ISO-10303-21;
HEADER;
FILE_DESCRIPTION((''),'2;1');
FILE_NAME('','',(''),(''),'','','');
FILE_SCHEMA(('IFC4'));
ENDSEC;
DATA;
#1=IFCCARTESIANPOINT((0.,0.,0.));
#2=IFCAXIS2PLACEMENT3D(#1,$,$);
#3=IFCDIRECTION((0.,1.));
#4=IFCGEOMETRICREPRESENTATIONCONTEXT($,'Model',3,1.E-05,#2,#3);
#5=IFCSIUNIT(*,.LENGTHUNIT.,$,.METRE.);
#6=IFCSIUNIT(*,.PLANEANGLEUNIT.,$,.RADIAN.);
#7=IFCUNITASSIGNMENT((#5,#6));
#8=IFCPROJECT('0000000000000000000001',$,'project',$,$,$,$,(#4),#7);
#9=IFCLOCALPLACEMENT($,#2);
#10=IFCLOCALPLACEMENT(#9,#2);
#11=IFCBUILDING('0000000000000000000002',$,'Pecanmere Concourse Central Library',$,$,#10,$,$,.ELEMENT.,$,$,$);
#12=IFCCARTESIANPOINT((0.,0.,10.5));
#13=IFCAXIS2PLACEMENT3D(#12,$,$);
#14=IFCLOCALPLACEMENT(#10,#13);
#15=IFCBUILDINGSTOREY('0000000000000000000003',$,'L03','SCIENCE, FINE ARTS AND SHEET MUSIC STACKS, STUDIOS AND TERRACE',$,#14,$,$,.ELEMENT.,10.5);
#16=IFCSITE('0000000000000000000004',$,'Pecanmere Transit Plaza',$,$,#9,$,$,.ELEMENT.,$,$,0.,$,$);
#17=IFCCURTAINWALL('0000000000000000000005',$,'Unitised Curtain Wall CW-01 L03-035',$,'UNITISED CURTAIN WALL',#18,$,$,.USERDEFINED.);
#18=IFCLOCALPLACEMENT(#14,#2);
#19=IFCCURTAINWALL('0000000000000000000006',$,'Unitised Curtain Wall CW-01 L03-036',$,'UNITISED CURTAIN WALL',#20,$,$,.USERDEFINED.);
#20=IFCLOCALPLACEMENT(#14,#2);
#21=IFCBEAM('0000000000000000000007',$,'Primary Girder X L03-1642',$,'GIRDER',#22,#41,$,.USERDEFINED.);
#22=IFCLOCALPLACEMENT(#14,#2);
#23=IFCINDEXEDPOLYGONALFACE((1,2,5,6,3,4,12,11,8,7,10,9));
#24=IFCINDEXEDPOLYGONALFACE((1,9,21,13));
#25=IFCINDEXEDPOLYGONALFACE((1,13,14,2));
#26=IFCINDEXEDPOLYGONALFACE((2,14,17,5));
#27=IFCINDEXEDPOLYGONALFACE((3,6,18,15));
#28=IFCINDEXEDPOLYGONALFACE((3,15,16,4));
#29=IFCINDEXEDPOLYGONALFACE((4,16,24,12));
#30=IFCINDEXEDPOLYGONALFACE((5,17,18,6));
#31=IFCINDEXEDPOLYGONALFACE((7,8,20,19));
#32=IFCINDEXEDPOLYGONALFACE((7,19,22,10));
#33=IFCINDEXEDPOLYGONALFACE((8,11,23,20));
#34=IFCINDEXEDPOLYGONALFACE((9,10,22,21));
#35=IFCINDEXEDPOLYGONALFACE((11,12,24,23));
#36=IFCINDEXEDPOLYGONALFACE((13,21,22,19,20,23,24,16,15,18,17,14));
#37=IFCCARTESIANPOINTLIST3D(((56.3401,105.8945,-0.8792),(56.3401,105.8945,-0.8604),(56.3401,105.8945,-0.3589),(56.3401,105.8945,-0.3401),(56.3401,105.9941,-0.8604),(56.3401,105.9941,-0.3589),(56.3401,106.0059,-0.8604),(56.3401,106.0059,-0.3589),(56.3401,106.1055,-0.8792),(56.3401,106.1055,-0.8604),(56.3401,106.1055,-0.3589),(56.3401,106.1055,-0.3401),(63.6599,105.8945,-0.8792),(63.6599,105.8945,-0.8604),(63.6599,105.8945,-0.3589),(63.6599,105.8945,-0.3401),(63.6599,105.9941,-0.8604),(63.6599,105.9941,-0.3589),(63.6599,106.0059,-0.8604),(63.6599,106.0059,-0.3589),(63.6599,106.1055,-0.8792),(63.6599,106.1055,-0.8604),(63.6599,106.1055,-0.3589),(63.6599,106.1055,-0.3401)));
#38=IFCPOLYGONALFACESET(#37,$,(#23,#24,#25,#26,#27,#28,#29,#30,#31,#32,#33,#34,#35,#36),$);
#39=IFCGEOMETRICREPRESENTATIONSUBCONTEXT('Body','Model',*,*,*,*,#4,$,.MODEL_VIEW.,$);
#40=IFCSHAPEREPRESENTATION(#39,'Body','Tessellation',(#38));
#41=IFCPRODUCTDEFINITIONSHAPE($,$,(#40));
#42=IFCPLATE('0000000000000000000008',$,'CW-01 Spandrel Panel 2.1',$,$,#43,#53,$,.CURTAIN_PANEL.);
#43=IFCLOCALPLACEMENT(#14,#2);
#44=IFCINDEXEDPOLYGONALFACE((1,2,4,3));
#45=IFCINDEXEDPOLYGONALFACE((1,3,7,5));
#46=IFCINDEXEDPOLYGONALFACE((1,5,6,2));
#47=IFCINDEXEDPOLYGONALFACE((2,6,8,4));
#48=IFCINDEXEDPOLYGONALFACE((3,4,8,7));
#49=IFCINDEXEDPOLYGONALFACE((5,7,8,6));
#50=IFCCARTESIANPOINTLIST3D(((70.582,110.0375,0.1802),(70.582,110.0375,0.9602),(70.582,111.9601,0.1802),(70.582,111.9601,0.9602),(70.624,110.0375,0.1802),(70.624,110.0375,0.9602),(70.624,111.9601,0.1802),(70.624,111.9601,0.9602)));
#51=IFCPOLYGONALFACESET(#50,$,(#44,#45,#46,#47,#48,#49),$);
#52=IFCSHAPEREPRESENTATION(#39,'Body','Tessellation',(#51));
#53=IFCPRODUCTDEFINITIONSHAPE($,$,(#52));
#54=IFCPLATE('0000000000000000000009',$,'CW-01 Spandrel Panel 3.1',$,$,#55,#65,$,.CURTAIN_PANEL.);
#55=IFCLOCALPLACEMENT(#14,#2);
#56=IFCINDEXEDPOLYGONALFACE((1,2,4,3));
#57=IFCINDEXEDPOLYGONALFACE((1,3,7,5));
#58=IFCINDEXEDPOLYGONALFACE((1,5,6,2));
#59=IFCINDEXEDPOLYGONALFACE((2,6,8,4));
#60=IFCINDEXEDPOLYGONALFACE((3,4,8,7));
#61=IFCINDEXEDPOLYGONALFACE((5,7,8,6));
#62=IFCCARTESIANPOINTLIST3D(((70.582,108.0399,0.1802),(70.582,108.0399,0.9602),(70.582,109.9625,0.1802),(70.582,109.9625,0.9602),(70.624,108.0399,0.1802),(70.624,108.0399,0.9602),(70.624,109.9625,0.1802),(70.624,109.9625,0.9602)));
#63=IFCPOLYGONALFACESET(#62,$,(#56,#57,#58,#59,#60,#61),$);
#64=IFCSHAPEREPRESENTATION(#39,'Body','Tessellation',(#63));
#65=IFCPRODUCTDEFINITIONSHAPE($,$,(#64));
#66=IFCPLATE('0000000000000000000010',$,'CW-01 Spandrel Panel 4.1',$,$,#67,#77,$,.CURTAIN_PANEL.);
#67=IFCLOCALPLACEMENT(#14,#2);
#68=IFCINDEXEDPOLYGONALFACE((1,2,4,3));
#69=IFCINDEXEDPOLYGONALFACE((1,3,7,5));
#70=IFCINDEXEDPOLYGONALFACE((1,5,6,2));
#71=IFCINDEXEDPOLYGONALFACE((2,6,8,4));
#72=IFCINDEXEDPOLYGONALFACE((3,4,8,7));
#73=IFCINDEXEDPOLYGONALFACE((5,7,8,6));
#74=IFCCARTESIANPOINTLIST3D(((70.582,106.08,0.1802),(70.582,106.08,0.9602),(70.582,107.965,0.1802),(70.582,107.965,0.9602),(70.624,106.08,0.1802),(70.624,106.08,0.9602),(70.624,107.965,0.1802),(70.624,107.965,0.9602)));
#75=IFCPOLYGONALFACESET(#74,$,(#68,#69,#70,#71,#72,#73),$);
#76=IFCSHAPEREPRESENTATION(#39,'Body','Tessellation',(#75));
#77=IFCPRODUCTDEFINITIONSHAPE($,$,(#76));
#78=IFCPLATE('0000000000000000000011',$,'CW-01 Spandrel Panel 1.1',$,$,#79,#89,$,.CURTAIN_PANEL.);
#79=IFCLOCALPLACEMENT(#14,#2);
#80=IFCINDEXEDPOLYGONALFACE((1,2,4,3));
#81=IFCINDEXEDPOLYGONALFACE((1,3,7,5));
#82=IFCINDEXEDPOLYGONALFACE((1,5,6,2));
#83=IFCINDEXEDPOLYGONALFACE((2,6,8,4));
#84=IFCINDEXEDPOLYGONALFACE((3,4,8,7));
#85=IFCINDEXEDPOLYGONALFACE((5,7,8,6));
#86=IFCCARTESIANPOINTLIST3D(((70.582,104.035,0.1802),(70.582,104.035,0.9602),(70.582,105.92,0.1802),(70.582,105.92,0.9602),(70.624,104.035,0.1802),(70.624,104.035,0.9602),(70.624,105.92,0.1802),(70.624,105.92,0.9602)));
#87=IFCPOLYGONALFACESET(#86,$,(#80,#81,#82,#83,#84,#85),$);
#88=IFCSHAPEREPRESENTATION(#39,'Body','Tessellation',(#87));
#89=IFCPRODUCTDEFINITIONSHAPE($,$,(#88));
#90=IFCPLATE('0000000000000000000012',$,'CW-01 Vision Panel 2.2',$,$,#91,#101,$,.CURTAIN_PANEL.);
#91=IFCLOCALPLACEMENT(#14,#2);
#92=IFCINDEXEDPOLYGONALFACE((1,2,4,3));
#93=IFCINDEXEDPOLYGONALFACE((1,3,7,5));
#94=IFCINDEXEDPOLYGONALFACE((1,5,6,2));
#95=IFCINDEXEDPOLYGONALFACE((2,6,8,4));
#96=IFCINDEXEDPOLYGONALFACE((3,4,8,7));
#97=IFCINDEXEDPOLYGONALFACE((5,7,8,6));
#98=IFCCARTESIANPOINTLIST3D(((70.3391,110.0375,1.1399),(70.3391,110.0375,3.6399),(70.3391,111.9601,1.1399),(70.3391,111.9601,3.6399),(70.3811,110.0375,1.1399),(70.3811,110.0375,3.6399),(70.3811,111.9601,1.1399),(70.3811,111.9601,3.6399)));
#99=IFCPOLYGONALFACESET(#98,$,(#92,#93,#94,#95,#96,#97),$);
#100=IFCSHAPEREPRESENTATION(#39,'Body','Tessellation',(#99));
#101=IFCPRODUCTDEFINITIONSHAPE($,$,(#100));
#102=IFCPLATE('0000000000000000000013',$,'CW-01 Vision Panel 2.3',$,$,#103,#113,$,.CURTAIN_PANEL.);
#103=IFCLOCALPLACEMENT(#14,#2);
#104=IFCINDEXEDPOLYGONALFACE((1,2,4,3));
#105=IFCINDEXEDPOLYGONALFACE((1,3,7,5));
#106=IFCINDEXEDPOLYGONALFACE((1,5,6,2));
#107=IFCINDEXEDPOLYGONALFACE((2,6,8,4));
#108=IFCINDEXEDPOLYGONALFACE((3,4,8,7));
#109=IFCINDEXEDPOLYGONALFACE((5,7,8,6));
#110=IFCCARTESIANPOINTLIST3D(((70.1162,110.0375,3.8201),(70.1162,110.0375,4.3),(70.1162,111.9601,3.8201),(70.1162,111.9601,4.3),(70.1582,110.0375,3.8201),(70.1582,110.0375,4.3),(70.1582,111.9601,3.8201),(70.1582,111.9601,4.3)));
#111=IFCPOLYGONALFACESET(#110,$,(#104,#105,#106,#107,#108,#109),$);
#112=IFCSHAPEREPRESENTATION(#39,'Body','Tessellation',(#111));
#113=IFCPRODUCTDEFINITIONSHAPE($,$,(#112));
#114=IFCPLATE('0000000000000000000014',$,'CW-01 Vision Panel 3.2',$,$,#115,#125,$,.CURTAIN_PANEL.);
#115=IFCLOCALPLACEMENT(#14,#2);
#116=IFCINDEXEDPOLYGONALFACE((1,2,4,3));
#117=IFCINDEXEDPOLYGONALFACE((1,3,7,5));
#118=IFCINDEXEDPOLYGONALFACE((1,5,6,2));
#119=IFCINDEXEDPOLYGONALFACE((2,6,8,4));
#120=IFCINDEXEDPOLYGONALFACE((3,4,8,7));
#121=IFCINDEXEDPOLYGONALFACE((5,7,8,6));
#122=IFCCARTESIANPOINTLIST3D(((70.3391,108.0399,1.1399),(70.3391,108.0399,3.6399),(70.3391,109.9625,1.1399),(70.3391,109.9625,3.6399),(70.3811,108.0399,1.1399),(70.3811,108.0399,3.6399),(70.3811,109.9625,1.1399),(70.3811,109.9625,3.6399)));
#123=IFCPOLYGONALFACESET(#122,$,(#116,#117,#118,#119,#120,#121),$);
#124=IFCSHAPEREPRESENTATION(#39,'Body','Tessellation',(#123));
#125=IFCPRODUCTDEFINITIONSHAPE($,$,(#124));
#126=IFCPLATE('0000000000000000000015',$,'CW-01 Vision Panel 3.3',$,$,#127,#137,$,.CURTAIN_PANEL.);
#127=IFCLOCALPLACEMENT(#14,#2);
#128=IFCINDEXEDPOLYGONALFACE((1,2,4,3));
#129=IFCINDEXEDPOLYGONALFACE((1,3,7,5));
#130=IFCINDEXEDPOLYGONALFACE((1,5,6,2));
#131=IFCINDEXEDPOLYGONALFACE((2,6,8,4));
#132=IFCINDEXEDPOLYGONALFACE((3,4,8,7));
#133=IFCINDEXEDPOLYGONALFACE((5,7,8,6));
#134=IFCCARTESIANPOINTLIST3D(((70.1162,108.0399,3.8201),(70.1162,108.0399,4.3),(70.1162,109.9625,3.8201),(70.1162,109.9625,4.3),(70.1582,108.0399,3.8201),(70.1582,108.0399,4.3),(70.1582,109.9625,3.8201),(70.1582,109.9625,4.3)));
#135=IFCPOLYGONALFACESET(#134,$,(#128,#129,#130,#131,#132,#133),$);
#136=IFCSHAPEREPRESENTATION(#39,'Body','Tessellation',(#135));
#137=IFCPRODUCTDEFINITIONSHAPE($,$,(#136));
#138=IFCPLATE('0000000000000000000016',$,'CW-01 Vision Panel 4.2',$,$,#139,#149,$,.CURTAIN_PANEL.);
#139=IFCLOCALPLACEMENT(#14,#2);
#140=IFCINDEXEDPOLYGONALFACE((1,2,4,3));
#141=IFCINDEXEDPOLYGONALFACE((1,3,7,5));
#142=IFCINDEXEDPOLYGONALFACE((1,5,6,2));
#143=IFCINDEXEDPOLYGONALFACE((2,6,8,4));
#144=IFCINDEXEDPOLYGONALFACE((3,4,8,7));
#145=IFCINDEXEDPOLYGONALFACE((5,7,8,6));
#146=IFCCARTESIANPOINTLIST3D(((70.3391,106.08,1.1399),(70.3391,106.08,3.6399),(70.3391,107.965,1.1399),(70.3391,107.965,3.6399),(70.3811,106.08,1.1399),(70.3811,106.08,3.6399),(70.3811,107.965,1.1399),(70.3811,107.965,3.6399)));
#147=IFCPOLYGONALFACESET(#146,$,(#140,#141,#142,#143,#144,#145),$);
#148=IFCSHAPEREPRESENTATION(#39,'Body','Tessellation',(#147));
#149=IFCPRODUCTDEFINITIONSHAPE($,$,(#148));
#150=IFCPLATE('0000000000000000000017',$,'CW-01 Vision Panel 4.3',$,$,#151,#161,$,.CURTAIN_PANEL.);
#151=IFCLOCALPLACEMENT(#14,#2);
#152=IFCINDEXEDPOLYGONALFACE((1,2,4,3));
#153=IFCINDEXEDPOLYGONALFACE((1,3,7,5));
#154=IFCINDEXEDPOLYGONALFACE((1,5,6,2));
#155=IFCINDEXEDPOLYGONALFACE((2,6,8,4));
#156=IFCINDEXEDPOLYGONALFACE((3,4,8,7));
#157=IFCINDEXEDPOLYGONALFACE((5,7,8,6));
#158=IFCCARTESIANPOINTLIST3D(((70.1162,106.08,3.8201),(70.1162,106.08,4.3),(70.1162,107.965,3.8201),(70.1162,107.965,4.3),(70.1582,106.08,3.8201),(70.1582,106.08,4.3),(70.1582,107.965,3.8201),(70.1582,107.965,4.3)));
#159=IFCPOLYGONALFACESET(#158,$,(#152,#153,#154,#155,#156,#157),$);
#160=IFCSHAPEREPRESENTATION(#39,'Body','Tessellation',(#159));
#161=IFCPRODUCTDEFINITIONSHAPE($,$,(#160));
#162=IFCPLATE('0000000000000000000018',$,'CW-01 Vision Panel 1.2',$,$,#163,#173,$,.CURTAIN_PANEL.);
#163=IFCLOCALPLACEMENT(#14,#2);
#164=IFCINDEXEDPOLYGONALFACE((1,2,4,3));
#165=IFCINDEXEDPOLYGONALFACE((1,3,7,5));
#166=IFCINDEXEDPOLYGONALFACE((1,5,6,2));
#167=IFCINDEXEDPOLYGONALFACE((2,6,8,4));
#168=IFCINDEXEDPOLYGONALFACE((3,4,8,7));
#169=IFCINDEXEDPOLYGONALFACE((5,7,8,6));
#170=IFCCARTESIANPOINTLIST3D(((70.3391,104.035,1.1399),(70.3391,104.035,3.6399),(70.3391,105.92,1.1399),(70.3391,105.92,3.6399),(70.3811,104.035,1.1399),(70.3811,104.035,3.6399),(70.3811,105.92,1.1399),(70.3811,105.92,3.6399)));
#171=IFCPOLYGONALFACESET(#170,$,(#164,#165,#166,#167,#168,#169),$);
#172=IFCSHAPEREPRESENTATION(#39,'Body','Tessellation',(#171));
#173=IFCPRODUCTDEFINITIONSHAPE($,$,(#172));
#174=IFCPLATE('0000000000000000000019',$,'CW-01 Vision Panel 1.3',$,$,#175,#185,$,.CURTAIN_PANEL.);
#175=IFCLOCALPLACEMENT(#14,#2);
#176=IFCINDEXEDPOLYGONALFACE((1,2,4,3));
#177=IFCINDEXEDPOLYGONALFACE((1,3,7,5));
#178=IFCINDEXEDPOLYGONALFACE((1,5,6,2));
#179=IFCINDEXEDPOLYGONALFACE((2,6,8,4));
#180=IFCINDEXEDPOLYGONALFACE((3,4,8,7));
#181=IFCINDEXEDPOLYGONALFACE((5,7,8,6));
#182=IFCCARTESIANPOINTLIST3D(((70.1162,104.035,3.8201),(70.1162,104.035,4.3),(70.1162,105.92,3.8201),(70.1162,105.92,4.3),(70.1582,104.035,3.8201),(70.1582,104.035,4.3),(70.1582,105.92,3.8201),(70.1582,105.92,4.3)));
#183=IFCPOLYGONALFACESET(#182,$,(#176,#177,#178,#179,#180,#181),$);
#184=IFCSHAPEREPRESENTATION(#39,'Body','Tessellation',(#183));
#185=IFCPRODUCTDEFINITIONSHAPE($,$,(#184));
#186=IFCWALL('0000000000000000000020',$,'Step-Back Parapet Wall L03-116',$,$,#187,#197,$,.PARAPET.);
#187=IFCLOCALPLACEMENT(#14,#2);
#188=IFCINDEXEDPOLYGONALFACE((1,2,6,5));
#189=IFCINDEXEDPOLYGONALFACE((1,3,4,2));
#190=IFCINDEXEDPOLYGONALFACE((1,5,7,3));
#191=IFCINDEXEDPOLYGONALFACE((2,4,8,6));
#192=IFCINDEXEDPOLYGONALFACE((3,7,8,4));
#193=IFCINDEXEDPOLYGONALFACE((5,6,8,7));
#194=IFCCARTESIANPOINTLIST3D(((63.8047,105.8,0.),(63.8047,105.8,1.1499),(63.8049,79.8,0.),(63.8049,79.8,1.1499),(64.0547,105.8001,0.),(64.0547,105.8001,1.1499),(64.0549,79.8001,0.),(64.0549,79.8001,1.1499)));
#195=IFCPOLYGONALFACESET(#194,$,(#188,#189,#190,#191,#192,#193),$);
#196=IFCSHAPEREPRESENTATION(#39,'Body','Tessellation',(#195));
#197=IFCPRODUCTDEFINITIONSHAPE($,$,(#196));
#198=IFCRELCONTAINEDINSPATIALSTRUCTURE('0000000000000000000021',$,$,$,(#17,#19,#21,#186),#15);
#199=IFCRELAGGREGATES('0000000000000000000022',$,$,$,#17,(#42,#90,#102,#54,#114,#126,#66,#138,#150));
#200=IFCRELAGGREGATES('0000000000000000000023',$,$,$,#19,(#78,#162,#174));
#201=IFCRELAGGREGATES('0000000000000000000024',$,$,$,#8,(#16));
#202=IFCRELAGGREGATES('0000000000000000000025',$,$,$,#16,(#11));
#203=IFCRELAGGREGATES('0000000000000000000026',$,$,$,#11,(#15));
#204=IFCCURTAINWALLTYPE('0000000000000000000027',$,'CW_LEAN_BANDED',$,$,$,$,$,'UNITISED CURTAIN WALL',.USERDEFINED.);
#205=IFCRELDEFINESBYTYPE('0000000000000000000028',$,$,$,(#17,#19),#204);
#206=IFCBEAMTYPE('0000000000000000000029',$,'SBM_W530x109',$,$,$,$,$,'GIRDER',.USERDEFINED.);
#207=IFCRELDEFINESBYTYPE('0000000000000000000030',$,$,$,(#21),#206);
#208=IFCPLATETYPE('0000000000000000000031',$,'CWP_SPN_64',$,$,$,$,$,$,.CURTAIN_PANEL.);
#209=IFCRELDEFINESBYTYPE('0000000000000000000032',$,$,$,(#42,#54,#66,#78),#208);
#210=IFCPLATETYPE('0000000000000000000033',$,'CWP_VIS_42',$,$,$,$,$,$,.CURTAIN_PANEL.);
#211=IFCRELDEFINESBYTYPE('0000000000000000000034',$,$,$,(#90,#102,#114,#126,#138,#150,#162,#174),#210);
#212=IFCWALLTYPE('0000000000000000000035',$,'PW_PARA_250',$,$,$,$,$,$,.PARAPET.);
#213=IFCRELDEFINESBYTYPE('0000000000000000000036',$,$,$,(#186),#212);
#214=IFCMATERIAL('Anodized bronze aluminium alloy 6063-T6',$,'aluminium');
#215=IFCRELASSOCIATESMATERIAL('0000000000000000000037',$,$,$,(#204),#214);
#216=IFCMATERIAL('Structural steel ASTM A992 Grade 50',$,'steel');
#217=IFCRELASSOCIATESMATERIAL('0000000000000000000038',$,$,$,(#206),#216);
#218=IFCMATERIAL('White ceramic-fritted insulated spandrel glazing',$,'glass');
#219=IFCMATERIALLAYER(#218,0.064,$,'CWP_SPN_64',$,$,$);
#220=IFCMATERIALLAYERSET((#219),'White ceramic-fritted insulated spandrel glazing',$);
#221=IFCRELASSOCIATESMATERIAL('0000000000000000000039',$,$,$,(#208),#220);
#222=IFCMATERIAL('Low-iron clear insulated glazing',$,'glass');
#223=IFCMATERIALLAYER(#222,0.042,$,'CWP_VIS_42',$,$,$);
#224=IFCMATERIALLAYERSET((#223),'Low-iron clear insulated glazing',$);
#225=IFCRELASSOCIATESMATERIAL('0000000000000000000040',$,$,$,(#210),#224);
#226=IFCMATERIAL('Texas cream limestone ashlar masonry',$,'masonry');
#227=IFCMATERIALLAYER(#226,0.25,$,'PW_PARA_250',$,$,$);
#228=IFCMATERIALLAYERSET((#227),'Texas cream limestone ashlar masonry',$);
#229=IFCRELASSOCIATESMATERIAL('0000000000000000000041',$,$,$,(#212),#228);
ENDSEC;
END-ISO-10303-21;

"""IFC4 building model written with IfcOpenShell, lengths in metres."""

from ifc_helpers import new_model, si_unit, direction, frame, frame_2d, origin, origin_2d, place, context, subcontext, project, spatial, rectangle, i_section, extrude, material, layer, layer_set, material_profile, profile_set, type_object, element, aggregate, save


model = new_model("IFC4")

# Units and contexts
model_context = context("Model", 3, precision=1e-05, world=origin(), true_north=direction((0.0, 1.0)))
body_context = subcontext(model_context, "Body", "Model", "MODEL_VIEW")
ifc_project = project(units=[si_unit("LENGTHUNIT", "METRE"), si_unit("PLANEANGLEUNIT", "RADIAN")], contexts=[model_context])

# Site, building, storey
site_placement = place(None, origin())
site = spatial("IfcSite", under=ifc_project, at=site_placement, Name="Pecanmere Transit Plaza", CompositionType="ELEMENT", RefElevation=0.0)
building_placement = place(site_placement, origin())
building = spatial("IfcBuilding", under=site, at=building_placement, Name="Pecanmere Concourse Central Library", CompositionType="ELEMENT")
storey_placement = place(building_placement, frame((0.0, 0.0, 10.5)))
storey = spatial("IfcBuildingStorey", under=building, at=storey_placement, Name="L03", Description="SCIENCE, FINE ARTS AND SHEET MUSIC STACKS, STUDIOS AND TERRACE", CompositionType="ELEMENT", Elevation=10.5)

# Curtain walls
ifc_material_1 = material(Name="Anodized bronze aluminium alloy 6063-T6", Category="aluminium")
curtain_wall_type = type_object("IfcCurtainWallType", Name="CW_LEAN_BANDED", ElementType="UNITISED CURTAIN WALL", PredefinedType="USERDEFINED", material=ifc_material_1)
curtain_wall_1_placement = place(storey_placement, origin())
curtain_wall_1 = element("IfcCurtainWall", 1, at=curtain_wall_1_placement, inside=storey, type_object=curtain_wall_type, Name="Unitised Curtain Wall CW-01 L03-035", ObjectType="UNITISED CURTAIN WALL", PredefinedType="USERDEFINED")
curtain_wall_2_placement = place(storey_placement, origin())
curtain_wall_2 = element("IfcCurtainWall", 2, at=curtain_wall_2_placement, inside=storey, type_object=curtain_wall_type, Name="Unitised Curtain Wall CW-01 L03-036", ObjectType="UNITISED CURTAIN WALL", PredefinedType="USERDEFINED")

# Beam
ifc_material_2 = material(Name="Structural steel ASTM A992 Grade 50", Category="steel")
ifc_material_profile_1 = material_profile(ifc_material_2, i_section(OverallWidth=0.2109, OverallDepth=0.5391, WebThickness=0.0117, FlangeThickness=0.0188, at=origin_2d()), Name="W530x109")
ifc_profile_set_1 = profile_set([ifc_material_profile_1], Name="Structural steel ASTM A992 Grade 50")
beam_type = type_object("IfcBeamType", Name="SBM_W530x109", ElementType="GIRDER", PredefinedType="USERDEFINED", material=ifc_profile_set_1)
beam_placement = place(storey_placement, frame((56.3401, 106.0, -0.6096), z_axis=(1.0, 0.0, 0.0), x_axis=(0.0, 1.0, 0.0)))
element("IfcBeam", 3, at=beam_placement, inside=storey, type_object=beam_type, Name="Primary Girder X L03-1642", ObjectType="GIRDER", PredefinedType="USERDEFINED", context=body_context, shape_type="SweptSolid", body=[
    extrude(i_section(OverallWidth=0.2109, OverallDepth=0.5391, WebThickness=0.0117, FlangeThickness=0.0188, at=origin_2d()), origin(), (0.0, 0.0, 1.0), 7.3198),
])

# Plates
ifc_material_3 = material(Name="White ceramic-fritted insulated spandrel glazing", Category="glass")
ifc_layer_1 = layer(ifc_material_3, 0.064, Name="CWP_SPN_64")
ifc_layer_set_1 = layer_set([ifc_layer_1], Name="White ceramic-fritted insulated spandrel glazing")
plate_type_1 = type_object("IfcPlateType", Name="CWP_SPN_64", PredefinedType="CURTAIN_PANEL", material=ifc_layer_set_1)
plate_1_placement = place(storey_placement, frame((70.603, 110.9988, 0.1802), z_axis=(0.0, 0.0, 1.0), x_axis=(0.0, -1.0, 0.0)))
plate_1 = element("IfcPlate", 4, at=plate_1_placement, type_object=plate_type_1, Name="CW-01 Spandrel Panel 2.1", PredefinedType="CURTAIN_PANEL", context=body_context, shape_type="SweptSolid", body=[
    extrude(rectangle(XDim=1.9226, YDim=0.042, at=origin_2d()), origin(), (0.0, 0.0, 1.0), 0.78),
])
plate_2_placement = place(storey_placement, frame((70.603, 109.0012, 0.1802), z_axis=(0.0, 0.0, 1.0), x_axis=(0.0, -1.0, 0.0)))
plate_2 = element("IfcPlate", 5, at=plate_2_placement, type_object=plate_type_1, Name="CW-01 Spandrel Panel 3.1", PredefinedType="CURTAIN_PANEL", context=body_context, shape_type="SweptSolid", body=[
    extrude(rectangle(XDim=1.9226, YDim=0.042, at=origin_2d()), origin(), (0.0, 0.0, 1.0), 0.78),
])
plate_3_placement = place(storey_placement, frame((70.603, 107.0225, 0.1802), z_axis=(0.0, 0.0, 1.0), x_axis=(0.0, -1.0, 0.0)))
plate_3 = element("IfcPlate", 6, at=plate_3_placement, type_object=plate_type_1, Name="CW-01 Spandrel Panel 4.1", PredefinedType="CURTAIN_PANEL", context=body_context, shape_type="SweptSolid", body=[
    extrude(rectangle(XDim=1.885, YDim=0.042, at=origin_2d()), origin(), (0.0, 0.0, 1.0), 0.78),
])
plate_4_placement = place(storey_placement, frame((70.603, 104.9775, 0.1802), z_axis=(0.0, 0.0, 1.0), x_axis=(0.0, -1.0, 0.0)))
plate_4 = element("IfcPlate", 7, at=plate_4_placement, type_object=plate_type_1, Name="CW-01 Spandrel Panel 1.1", PredefinedType="CURTAIN_PANEL", context=body_context, shape_type="SweptSolid", body=[
    extrude(rectangle(XDim=1.885, YDim=0.042, at=origin_2d()), origin(), (0.0, 0.0, 1.0), 0.78),
])
ifc_material_4 = material(Name="Low-iron clear insulated glazing", Category="glass")
ifc_layer_2 = layer(ifc_material_4, 0.042, Name="CWP_VIS_42")
ifc_layer_set_2 = layer_set([ifc_layer_2], Name="Low-iron clear insulated glazing")
plate_type_2 = type_object("IfcPlateType", Name="CWP_VIS_42", PredefinedType="CURTAIN_PANEL", material=ifc_layer_set_2)
plate_5_placement = place(storey_placement, frame((70.3601, 110.9988, 1.1399), z_axis=(0.0, 0.0, 1.0), x_axis=(0.0, -1.0, 0.0)))
plate_5 = element("IfcPlate", 8, at=plate_5_placement, type_object=plate_type_2, Name="CW-01 Vision Panel 2.2", PredefinedType="CURTAIN_PANEL", context=body_context, shape_type="SweptSolid", body=[
    extrude(rectangle(XDim=1.9226, YDim=0.042, at=origin_2d()), origin(), (0.0, 0.0, 1.0), 2.5),
])
plate_6_placement = place(storey_placement, frame((70.1372, 110.9988, 3.8201), z_axis=(0.0, 0.0, 1.0), x_axis=(0.0, -1.0, 0.0)))
plate_6 = element("IfcPlate", 9, at=plate_6_placement, type_object=plate_type_2, Name="CW-01 Vision Panel 2.3", PredefinedType="CURTAIN_PANEL", context=body_context, shape_type="SweptSolid", body=[
    extrude(rectangle(XDim=1.9226, YDim=0.042, at=origin_2d()), origin(), (0.0, 0.0, 1.0), 0.48),
])
plate_7_placement = place(storey_placement, frame((70.3601, 109.0012, 1.1399), z_axis=(0.0, 0.0, 1.0), x_axis=(0.0, -1.0, 0.0)))
plate_7 = element("IfcPlate", 10, at=plate_7_placement, type_object=plate_type_2, Name="CW-01 Vision Panel 3.2", PredefinedType="CURTAIN_PANEL", context=body_context, shape_type="SweptSolid", body=[
    extrude(rectangle(XDim=1.9226, YDim=0.042, at=origin_2d()), origin(), (0.0, 0.0, 1.0), 2.5),
])
plate_8_placement = place(storey_placement, frame((70.1372, 109.0012, 3.8201), z_axis=(0.0, 0.0, 1.0), x_axis=(0.0, -1.0, 0.0)))
plate_8 = element("IfcPlate", 11, at=plate_8_placement, type_object=plate_type_2, Name="CW-01 Vision Panel 3.3", PredefinedType="CURTAIN_PANEL", context=body_context, shape_type="SweptSolid", body=[
    extrude(rectangle(XDim=1.9226, YDim=0.042, at=origin_2d()), origin(), (0.0, 0.0, 1.0), 0.48),
])
plate_9_placement = place(storey_placement, frame((70.3601, 107.0225, 1.1399), z_axis=(0.0, 0.0, 1.0), x_axis=(0.0, -1.0, 0.0)))
plate_9 = element("IfcPlate", 12, at=plate_9_placement, type_object=plate_type_2, Name="CW-01 Vision Panel 4.2", PredefinedType="CURTAIN_PANEL", context=body_context, shape_type="SweptSolid", body=[
    extrude(rectangle(XDim=1.885, YDim=0.042, at=origin_2d()), origin(), (0.0, 0.0, 1.0), 2.5),
])
plate_10_placement = place(storey_placement, frame((70.1372, 107.0225, 3.8201), z_axis=(0.0, 0.0, 1.0), x_axis=(0.0, -1.0, 0.0)))
plate_10 = element("IfcPlate", 13, at=plate_10_placement, type_object=plate_type_2, Name="CW-01 Vision Panel 4.3", PredefinedType="CURTAIN_PANEL", context=body_context, shape_type="SweptSolid", body=[
    extrude(rectangle(XDim=1.885, YDim=0.042, at=origin_2d()), origin(), (0.0, 0.0, 1.0), 0.48),
])
aggregate(curtain_wall_1, [plate_1, plate_5, plate_6, plate_2, plate_7, plate_8, plate_3, plate_9, plate_10])
plate_11_placement = place(storey_placement, frame((70.3601, 104.9775, 1.1399), z_axis=(0.0, 0.0, 1.0), x_axis=(0.0, -1.0, 0.0)))
plate_11 = element("IfcPlate", 14, at=plate_11_placement, type_object=plate_type_2, Name="CW-01 Vision Panel 1.2", PredefinedType="CURTAIN_PANEL", context=body_context, shape_type="SweptSolid", body=[
    extrude(rectangle(XDim=1.885, YDim=0.042, at=origin_2d()), origin(), (0.0, 0.0, 1.0), 2.5),
])
plate_12_placement = place(storey_placement, frame((70.1372, 104.9775, 3.8201), z_axis=(0.0, 0.0, 1.0), x_axis=(0.0, -1.0, 0.0)))
plate_12 = element("IfcPlate", 15, at=plate_12_placement, type_object=plate_type_2, Name="CW-01 Vision Panel 1.3", PredefinedType="CURTAIN_PANEL", context=body_context, shape_type="SweptSolid", body=[
    extrude(rectangle(XDim=1.885, YDim=0.042, at=origin_2d()), origin(), (0.0, 0.0, 1.0), 0.48),
])
aggregate(curtain_wall_2, [plate_4, plate_11, plate_12])

# Wall
ifc_material_5 = material(Name="Texas cream limestone ashlar masonry", Category="masonry")
ifc_layer_3 = layer(ifc_material_5, 0.25, Name="PW_PARA_250")
ifc_layer_set_3 = layer_set([ifc_layer_3], Name="Texas cream limestone ashlar masonry")
wall_type = type_object("IfcWallType", Name="PW_PARA_250", PredefinedType="PARAPET", material=ifc_layer_set_3)
wall_placement = place(storey_placement, frame((63.9297, 105.8, 0.0), z_axis=(0.0, 0.0, 1.0), x_axis=(0.000009, -1.0, 0.0)))
element("IfcWall", 16, at=wall_placement, inside=storey, type_object=wall_type, Name="Step-Back Parapet Wall L03-116", PredefinedType="PARAPET", context=body_context, shape_type="SweptSolid", body=[
    extrude(rectangle(XDim=26.0, YDim=0.25, at=frame_2d((13.0, 0.0))), origin(), (0.0, 0.0, 1.0), 1.1499),
])

save(model, "model.ifc")
